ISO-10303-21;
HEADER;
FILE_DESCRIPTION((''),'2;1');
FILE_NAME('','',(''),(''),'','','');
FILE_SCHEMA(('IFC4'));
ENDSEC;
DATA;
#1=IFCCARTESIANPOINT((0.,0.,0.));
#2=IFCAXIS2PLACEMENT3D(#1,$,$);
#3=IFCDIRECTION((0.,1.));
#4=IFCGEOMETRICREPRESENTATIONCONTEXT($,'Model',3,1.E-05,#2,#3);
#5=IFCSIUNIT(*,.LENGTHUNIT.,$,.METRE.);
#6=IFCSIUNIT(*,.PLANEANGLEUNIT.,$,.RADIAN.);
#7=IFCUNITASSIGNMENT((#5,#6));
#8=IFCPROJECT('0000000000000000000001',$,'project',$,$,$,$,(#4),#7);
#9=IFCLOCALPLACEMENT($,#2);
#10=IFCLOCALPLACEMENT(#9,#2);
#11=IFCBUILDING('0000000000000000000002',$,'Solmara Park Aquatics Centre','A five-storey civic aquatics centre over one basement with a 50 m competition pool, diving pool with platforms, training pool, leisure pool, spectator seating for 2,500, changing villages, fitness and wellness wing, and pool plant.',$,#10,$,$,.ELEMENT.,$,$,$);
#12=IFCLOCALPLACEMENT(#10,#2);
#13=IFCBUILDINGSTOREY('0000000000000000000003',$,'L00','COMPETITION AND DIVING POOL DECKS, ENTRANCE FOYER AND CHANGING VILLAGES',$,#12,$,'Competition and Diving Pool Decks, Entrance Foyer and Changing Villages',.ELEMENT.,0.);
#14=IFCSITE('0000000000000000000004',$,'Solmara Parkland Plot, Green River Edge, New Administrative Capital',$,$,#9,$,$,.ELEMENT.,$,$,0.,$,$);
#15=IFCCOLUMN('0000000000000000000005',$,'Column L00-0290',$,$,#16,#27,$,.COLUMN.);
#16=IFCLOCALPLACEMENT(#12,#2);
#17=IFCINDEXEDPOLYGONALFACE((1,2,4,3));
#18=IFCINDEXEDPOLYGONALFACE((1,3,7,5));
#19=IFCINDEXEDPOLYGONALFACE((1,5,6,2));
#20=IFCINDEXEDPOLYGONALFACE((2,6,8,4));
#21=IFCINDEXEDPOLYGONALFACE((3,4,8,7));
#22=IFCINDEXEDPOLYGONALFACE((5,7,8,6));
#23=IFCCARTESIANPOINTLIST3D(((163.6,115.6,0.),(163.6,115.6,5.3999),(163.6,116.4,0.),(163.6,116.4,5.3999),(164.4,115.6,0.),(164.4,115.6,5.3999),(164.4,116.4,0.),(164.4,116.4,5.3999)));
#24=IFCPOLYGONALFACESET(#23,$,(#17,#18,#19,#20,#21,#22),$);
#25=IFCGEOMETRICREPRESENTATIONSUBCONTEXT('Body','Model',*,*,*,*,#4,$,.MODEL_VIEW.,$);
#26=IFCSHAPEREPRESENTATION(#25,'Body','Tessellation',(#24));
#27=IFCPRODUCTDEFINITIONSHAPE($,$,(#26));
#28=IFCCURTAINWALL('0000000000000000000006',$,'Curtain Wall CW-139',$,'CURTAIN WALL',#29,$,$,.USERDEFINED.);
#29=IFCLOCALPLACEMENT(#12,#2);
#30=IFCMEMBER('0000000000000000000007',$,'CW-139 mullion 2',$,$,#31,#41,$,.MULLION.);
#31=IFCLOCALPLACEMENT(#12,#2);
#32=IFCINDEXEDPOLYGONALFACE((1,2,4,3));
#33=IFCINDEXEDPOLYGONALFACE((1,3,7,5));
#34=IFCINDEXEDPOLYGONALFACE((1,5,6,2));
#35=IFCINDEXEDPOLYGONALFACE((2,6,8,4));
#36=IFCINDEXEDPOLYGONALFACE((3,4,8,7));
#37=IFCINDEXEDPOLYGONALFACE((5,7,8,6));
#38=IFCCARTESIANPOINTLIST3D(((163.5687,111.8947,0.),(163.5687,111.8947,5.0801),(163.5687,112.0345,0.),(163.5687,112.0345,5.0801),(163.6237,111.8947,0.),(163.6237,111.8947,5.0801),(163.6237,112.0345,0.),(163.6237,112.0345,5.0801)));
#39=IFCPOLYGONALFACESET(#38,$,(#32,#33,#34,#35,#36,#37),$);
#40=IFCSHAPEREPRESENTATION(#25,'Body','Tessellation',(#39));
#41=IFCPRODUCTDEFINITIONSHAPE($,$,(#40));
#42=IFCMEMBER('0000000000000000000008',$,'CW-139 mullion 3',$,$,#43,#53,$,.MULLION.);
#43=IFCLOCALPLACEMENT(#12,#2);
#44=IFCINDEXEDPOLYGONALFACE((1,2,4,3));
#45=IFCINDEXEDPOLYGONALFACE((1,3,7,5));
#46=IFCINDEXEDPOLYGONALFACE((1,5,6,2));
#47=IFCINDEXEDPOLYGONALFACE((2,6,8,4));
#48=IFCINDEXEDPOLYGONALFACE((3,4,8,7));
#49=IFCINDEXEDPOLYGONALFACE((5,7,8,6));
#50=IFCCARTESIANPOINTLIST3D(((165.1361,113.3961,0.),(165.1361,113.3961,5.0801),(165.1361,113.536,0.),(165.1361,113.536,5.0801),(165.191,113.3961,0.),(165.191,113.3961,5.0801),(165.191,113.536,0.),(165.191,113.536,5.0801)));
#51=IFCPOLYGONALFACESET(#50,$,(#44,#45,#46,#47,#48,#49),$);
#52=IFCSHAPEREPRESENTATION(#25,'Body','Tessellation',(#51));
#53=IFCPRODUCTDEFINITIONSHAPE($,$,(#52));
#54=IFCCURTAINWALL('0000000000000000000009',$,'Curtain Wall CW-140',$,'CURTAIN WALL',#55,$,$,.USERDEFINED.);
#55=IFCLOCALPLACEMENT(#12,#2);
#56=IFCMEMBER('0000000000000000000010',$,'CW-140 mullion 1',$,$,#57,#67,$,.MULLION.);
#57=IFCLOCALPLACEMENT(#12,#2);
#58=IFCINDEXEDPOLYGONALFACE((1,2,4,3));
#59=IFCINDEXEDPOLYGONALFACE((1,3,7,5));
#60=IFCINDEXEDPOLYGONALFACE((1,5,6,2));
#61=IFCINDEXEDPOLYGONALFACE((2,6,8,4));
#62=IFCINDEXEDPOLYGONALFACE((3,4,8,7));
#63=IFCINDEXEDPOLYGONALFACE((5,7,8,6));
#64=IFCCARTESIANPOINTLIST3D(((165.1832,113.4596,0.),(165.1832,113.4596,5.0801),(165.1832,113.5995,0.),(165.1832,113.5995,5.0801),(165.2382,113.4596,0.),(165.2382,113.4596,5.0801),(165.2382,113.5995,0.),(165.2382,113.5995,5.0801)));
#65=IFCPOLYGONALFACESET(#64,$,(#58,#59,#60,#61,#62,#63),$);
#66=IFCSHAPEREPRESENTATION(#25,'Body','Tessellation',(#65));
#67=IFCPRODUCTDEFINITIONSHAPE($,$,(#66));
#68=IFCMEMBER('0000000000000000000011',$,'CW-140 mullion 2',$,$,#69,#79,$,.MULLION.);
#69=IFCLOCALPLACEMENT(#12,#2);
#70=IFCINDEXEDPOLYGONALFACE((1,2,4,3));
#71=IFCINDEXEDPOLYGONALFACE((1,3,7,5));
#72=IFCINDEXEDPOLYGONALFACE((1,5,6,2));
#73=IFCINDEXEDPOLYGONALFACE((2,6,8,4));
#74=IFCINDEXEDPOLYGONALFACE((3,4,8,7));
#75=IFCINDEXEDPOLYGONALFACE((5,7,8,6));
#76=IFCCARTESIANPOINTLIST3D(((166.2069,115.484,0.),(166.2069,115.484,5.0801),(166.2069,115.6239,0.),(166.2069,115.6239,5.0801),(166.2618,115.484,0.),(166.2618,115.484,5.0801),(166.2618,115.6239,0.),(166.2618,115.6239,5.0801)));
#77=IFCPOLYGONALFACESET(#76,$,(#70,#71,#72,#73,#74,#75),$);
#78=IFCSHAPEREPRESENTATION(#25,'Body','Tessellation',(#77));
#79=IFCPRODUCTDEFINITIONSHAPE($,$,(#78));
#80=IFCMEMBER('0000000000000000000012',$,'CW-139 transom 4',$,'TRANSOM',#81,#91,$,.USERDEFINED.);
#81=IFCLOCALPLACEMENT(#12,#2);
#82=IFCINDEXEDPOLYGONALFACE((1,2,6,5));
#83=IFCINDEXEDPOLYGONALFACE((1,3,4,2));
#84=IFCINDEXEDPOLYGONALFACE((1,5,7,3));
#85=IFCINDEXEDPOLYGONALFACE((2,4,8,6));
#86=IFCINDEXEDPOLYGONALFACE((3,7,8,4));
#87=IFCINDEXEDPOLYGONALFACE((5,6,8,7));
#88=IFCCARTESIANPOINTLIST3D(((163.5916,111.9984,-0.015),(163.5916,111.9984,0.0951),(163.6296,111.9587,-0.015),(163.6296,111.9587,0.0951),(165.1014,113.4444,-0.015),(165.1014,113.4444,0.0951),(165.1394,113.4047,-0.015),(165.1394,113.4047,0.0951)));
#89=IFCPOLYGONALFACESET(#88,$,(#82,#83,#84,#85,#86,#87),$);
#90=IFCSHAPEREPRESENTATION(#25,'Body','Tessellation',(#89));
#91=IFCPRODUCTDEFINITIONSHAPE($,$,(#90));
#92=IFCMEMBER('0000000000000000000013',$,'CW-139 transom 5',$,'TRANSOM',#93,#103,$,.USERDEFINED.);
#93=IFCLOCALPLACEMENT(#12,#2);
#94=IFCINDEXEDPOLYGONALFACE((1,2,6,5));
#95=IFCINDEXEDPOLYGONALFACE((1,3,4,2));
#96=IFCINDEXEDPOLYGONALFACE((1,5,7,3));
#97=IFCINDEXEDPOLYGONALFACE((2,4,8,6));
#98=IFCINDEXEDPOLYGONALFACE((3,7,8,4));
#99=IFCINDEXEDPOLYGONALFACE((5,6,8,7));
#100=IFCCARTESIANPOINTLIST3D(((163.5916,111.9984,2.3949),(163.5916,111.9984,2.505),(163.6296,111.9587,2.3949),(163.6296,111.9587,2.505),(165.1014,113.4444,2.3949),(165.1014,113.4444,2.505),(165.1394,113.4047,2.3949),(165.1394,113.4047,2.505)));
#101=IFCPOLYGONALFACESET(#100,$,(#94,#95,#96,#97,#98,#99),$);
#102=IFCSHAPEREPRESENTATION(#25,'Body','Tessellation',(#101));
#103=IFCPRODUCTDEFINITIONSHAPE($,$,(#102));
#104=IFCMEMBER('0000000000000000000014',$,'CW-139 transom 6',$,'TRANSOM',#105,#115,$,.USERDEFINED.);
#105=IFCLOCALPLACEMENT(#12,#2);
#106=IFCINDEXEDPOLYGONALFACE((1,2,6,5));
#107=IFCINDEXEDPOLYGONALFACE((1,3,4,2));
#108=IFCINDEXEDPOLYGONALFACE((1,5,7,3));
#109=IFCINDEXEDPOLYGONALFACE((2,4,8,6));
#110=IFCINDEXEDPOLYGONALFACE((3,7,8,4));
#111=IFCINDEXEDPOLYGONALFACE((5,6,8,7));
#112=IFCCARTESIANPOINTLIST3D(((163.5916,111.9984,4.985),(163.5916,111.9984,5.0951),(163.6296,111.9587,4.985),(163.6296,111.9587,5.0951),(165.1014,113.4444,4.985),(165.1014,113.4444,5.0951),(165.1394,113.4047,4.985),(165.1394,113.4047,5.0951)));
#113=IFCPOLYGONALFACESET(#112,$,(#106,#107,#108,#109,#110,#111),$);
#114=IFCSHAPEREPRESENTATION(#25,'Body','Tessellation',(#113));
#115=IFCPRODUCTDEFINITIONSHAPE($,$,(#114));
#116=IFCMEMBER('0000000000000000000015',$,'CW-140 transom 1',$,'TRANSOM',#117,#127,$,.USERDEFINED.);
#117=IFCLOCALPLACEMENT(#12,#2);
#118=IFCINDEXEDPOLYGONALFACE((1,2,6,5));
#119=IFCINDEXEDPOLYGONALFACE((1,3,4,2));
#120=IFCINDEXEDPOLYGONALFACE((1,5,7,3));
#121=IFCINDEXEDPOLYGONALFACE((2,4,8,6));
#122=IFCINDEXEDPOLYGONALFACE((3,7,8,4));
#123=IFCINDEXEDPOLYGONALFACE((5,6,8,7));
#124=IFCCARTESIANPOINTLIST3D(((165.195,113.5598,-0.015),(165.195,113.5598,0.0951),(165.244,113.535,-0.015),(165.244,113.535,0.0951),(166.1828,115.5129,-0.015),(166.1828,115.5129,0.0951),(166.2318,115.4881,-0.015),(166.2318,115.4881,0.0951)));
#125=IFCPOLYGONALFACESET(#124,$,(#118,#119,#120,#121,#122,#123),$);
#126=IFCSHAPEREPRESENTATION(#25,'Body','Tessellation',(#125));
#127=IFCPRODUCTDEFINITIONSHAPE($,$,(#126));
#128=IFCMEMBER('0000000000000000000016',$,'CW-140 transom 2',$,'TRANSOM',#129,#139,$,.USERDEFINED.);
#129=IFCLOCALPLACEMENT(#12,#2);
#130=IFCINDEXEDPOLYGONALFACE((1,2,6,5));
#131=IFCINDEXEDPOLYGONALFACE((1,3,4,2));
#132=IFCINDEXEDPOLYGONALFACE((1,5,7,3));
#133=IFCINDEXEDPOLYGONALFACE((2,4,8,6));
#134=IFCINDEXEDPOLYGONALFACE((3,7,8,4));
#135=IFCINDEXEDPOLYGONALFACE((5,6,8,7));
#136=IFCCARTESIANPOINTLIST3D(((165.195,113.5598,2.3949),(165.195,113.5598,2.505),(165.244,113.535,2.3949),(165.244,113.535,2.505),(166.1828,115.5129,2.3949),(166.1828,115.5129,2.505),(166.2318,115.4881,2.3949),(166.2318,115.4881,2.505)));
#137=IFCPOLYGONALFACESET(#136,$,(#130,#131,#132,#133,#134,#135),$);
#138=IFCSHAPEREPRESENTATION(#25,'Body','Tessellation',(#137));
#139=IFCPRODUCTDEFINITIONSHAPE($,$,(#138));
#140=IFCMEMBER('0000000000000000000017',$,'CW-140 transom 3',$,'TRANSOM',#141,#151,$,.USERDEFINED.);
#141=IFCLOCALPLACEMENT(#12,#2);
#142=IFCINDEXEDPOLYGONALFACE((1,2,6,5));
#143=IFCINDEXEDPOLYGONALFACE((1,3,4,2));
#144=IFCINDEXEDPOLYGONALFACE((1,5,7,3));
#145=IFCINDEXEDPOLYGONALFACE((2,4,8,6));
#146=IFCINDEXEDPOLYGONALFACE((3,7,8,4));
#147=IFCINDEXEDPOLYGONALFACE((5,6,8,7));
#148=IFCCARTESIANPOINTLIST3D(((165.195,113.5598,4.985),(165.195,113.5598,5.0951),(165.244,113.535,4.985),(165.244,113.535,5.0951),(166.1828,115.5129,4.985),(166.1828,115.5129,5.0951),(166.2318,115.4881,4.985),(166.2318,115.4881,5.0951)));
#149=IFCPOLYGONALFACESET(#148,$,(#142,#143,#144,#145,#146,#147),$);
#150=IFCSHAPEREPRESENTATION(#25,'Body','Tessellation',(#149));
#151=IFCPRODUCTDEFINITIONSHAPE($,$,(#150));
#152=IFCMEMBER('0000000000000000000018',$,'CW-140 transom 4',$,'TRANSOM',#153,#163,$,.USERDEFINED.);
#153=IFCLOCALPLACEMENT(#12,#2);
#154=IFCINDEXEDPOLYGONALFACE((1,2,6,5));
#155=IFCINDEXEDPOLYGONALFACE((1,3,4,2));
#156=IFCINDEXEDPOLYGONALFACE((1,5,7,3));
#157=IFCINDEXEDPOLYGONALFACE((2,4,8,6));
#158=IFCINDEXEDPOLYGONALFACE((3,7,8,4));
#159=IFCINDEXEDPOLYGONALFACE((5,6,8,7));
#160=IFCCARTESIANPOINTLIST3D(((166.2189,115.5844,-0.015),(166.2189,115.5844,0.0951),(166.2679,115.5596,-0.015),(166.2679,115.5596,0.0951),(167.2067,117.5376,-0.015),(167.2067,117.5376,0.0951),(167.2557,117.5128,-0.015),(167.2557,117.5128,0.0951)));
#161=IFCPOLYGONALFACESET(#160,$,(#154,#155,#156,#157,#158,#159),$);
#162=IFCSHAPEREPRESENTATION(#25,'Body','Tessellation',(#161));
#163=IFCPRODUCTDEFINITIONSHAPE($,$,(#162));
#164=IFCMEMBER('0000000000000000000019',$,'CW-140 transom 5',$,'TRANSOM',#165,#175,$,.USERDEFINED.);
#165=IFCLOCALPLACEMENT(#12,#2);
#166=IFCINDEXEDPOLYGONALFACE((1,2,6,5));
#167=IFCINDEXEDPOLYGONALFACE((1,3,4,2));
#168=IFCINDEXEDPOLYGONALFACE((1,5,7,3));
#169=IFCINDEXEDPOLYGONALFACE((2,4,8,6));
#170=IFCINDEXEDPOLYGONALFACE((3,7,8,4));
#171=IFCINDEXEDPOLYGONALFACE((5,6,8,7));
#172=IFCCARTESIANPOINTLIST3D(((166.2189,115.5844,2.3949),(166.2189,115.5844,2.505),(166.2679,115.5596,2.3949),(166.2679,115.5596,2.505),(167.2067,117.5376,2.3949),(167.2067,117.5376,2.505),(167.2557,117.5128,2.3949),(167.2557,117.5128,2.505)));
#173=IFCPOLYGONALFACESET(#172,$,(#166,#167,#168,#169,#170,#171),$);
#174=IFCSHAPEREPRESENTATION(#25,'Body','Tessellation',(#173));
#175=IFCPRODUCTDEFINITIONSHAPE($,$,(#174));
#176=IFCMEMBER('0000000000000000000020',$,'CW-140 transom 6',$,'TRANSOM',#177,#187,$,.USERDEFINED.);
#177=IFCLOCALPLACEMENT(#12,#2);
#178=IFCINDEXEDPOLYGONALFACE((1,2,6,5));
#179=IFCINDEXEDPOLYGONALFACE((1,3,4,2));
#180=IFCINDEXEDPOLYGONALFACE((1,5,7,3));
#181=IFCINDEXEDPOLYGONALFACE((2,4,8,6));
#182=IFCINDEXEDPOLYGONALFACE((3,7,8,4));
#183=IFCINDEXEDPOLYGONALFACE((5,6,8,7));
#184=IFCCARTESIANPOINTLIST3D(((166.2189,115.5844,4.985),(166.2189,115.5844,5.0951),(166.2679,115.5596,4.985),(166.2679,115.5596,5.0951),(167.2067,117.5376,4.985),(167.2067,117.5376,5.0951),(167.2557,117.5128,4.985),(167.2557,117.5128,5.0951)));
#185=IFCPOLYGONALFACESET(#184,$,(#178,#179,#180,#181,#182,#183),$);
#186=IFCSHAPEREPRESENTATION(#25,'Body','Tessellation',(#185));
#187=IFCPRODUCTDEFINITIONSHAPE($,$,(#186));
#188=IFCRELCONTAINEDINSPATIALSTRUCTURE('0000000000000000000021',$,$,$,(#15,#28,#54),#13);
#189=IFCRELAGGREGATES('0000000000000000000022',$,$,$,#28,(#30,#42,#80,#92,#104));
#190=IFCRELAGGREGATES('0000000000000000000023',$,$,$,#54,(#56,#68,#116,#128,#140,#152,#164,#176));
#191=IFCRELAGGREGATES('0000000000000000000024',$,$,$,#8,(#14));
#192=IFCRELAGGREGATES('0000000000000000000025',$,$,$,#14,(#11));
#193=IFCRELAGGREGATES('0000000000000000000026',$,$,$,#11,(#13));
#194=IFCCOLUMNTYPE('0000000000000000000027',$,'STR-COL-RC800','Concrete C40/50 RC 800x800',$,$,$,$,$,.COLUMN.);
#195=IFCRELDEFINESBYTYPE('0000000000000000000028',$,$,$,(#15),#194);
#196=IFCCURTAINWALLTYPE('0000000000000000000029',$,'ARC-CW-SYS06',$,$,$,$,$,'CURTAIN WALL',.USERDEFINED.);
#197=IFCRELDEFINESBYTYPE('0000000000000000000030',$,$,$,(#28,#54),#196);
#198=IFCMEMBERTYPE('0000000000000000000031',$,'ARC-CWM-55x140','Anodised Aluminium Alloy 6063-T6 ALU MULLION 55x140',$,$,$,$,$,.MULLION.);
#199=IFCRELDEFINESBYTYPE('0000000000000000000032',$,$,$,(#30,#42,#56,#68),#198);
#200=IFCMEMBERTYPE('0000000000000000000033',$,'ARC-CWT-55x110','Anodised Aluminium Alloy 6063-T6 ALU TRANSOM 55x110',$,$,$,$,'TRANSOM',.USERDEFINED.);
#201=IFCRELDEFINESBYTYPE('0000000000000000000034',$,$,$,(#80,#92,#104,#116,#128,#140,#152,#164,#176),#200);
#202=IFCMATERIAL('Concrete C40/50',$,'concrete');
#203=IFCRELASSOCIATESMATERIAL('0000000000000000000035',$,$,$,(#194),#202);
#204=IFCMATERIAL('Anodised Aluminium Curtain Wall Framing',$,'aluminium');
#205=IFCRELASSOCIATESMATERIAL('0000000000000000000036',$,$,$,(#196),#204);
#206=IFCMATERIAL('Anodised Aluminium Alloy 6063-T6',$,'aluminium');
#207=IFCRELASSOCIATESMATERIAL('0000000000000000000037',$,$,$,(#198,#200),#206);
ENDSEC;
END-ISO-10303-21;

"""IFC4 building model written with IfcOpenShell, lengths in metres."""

from ifc_helpers import new_model, si_unit, direction, frame, origin, origin_2d, place, context, subcontext, project, spatial, rectangle, extrude, material, material_profile, profile_set, type_object, element, aggregate, save


model = new_model("IFC4")

# Units and contexts
model_context = context("Model", 3, precision=1e-05, world=origin(), true_north=direction((0.0, 1.0)))
body_context = subcontext(model_context, "Body", "Model", "MODEL_VIEW")
ifc_project = project(units=[si_unit("LENGTHUNIT", "METRE"), si_unit("PLANEANGLEUNIT", "RADIAN")], contexts=[model_context])

# Site, building, storey
site_placement = place(None, origin())
site = spatial("IfcSite", under=ifc_project, at=site_placement, Name="Solmara Parkland Plot, Green River Edge, New Administrative Capital", CompositionType="ELEMENT", RefElevation=0.0)
building_placement = place(site_placement, origin())
building = spatial("IfcBuilding", under=site, at=building_placement, Name="Solmara Park Aquatics Centre", Description="A five-storey civic aquatics centre over one basement with a 50 m competition pool, diving pool with platforms, training pool, leisure pool, spectator seating for 2,500, changing villages, fitness and wellness wing, and pool plant.", CompositionType="ELEMENT")
storey_placement = place(building_placement, origin())
storey = spatial("IfcBuildingStorey", under=building, at=storey_placement, Name="L00", Description="COMPETITION AND DIVING POOL DECKS, ENTRANCE FOYER AND CHANGING VILLAGES", LongName="Competition and Diving Pool Decks, Entrance Foyer and Changing Villages", CompositionType="ELEMENT", Elevation=0.0)

# Column
ifc_material_1 = material(Name="Concrete C40/50", Category="concrete")
ifc_material_profile_1 = material_profile(ifc_material_1, rectangle(XDim=0.8, YDim=0.8, at=origin_2d()), Name="RC 800x800")
ifc_profile_set_1 = profile_set([ifc_material_profile_1], Name="Concrete C40/50")
column_type = type_object("IfcColumnType", Name="STR-COL-RC800", Description="Concrete C40/50 RC 800x800", PredefinedType="COLUMN", material=ifc_profile_set_1)
column_placement = place(storey_placement, frame((164.0, 116.0, 0.0), z_axis=(0.0, 0.0, 1.0), x_axis=(1.0, 0.0, 0.0)))
element("IfcColumn", 1, at=column_placement, inside=storey, type_object=column_type, Name="Column L00-0290", PredefinedType="COLUMN", context=body_context, shape_type="SweptSolid", body=[
    extrude(rectangle(XDim=0.8, YDim=0.8, at=origin_2d()), origin(), (0.0, 0.0, 1.0), 5.3999),
])

# Curtain walls, members
ifc_material_2 = material(Name="Anodised Aluminium Curtain Wall Framing", Category="aluminium")
curtain_wall_type = type_object("IfcCurtainWallType", Name="ARC-CW-SYS06", ElementType="CURTAIN WALL", PredefinedType="USERDEFINED", material=ifc_material_2)
curtain_wall_1_placement = place(storey_placement, origin())
curtain_wall_1 = element("IfcCurtainWall", 2, at=curtain_wall_1_placement, inside=storey, type_object=curtain_wall_type, Name="Curtain Wall CW-139", ObjectType="CURTAIN WALL", PredefinedType="USERDEFINED")
ifc_material_3 = material(Name="Anodised Aluminium Alloy 6063-T6", Category="aluminium")
ifc_material_profile_2 = material_profile(ifc_material_3, rectangle(XDim=0.0549, YDim=0.1399, at=origin_2d()), Name="ALU MULLION 55x140")
ifc_profile_set_2 = profile_set([ifc_material_profile_2], Name="Anodised Aluminium Alloy 6063-T6")
member_type_1 = type_object("IfcMemberType", Name="ARC-CWM-55x140", Description="Anodised Aluminium Alloy 6063-T6 ALU MULLION 55x140", PredefinedType="MULLION", material=ifc_profile_set_2)
member_1_placement = place(storey_placement, frame((163.5962, 111.9646, 0.0), z_axis=(0.0, 0.0, 1.0), x_axis=(1.0, 0.0, 0.0)))
member_1 = element("IfcMember", 3, at=member_1_placement, type_object=member_type_1, Name="CW-139 mullion 2", PredefinedType="MULLION", context=body_context, shape_type="SweptSolid", body=[
    extrude(rectangle(XDim=0.0549, YDim=0.1399, at=origin_2d()), origin(), (0.0, 0.0, 1.0), 5.0801),
])
member_2_placement = place(storey_placement, frame((165.1636, 113.4661, 0.0), z_axis=(0.0, 0.0, 1.0), x_axis=(1.0, 0.0, 0.0)))
member_2 = element("IfcMember", 4, at=member_2_placement, type_object=member_type_1, Name="CW-139 mullion 3", PredefinedType="MULLION", context=body_context, shape_type="SweptSolid", body=[
    extrude(rectangle(XDim=0.0549, YDim=0.1399, at=origin_2d()), origin(), (0.0, 0.0, 1.0), 5.0801),
])
curtain_wall_2_placement = place(storey_placement, origin())
curtain_wall_2 = element("IfcCurtainWall", 5, at=curtain_wall_2_placement, inside=storey, type_object=curtain_wall_type, Name="Curtain Wall CW-140", ObjectType="CURTAIN WALL", PredefinedType="USERDEFINED")
member_3_placement = place(storey_placement, frame((165.2107, 113.5295, 0.0), z_axis=(0.0, 0.0, 1.0), x_axis=(1.0, 0.0, 0.0)))
member_3 = element("IfcMember", 6, at=member_3_placement, type_object=member_type_1, Name="CW-140 mullion 1", PredefinedType="MULLION", context=body_context, shape_type="SweptSolid", body=[
    extrude(rectangle(XDim=0.0549, YDim=0.1399, at=origin_2d()), origin(), (0.0, 0.0, 1.0), 5.0801),
])
member_4_placement = place(storey_placement, frame((166.2344, 115.554, 0.0), z_axis=(0.0, 0.0, 1.0), x_axis=(1.0, 0.0, 0.0)))
member_4 = element("IfcMember", 7, at=member_4_placement, type_object=member_type_1, Name="CW-140 mullion 2", PredefinedType="MULLION", context=body_context, shape_type="SweptSolid", body=[
    extrude(rectangle(XDim=0.0549, YDim=0.1399, at=origin_2d()), origin(), (0.0, 0.0, 1.0), 5.0801),
])

# Members
ifc_material_profile_3 = material_profile(ifc_material_3, rectangle(XDim=0.0549, YDim=0.1101, at=origin_2d()), Name="ALU TRANSOM 55x110")
ifc_profile_set_3 = profile_set([ifc_material_profile_3], Name="Anodised Aluminium Alloy 6063-T6")
member_type_2 = type_object("IfcMemberType", Name="ARC-CWT-55x110", Description="Anodised Aluminium Alloy 6063-T6 ALU TRANSOM 55x110", ElementType="TRANSOM", PredefinedType="USERDEFINED", material=ifc_profile_set_3)
member_5_placement = place(storey_placement, frame((163.6106, 111.9785, 0.04), z_axis=(0.722183, 0.691702, 0.0), x_axis=(-0.691702, 0.722183, 0.0)))
member_5 = element("IfcMember", 8, at=member_5_placement, type_object=member_type_2, Name="CW-139 transom 4", ObjectType="TRANSOM", PredefinedType="USERDEFINED", context=body_context, shape_type="SweptSolid", body=[
    extrude(rectangle(XDim=0.0549, YDim=0.1101, at=origin_2d()), origin(), (0.0, 0.0, 1.0), 2.0906),
])
member_6_placement = place(storey_placement, frame((163.6106, 111.9785, 2.45), z_axis=(0.722183, 0.691702, 0.0), x_axis=(-0.691702, 0.722183, 0.0)))
member_6 = element("IfcMember", 9, at=member_6_placement, type_object=member_type_2, Name="CW-139 transom 5", ObjectType="TRANSOM", PredefinedType="USERDEFINED", context=body_context, shape_type="SweptSolid", body=[
    extrude(rectangle(XDim=0.0549, YDim=0.1101, at=origin_2d()), origin(), (0.0, 0.0, 1.0), 2.0906),
])
member_7_placement = place(storey_placement, frame((163.6106, 111.9785, 5.04), z_axis=(0.722183, 0.691702, 0.0), x_axis=(-0.691702, 0.722183, 0.0)))
member_7 = element("IfcMember", 10, at=member_7_placement, type_object=member_type_2, Name="CW-139 transom 6", ObjectType="TRANSOM", PredefinedType="USERDEFINED", context=body_context, shape_type="SweptSolid", body=[
    extrude(rectangle(XDim=0.0549, YDim=0.1101, at=origin_2d()), origin(), (0.0, 0.0, 1.0), 2.0906),
])
member_8_placement = place(storey_placement, frame((165.2195, 113.5474, 0.04), z_axis=(0.451314, 0.892365, 0.0), x_axis=(-0.892365, 0.451314, 0.0)))
member_8 = element("IfcMember", 11, at=member_8_placement, type_object=member_type_2, Name="CW-140 transom 1", ObjectType="TRANSOM", PredefinedType="USERDEFINED", context=body_context, shape_type="SweptSolid", body=[
    extrude(rectangle(XDim=0.0549, YDim=0.1101, at=origin_2d()), origin(), (0.0, 0.0, 1.0), 2.1887),
])
member_9_placement = place(storey_placement, frame((165.2195, 113.5474, 2.45), z_axis=(0.451314, 0.892365, 0.0), x_axis=(-0.892365, 0.451314, 0.0)))
member_9 = element("IfcMember", 12, at=member_9_placement, type_object=member_type_2, Name="CW-140 transom 2", ObjectType="TRANSOM", PredefinedType="USERDEFINED", context=body_context, shape_type="SweptSolid", body=[
    extrude(rectangle(XDim=0.0549, YDim=0.1101, at=origin_2d()), origin(), (0.0, 0.0, 1.0), 2.1887),
])
member_10_placement = place(storey_placement, frame((165.2195, 113.5474, 5.04), z_axis=(0.451314, 0.892365, 0.0), x_axis=(-0.892365, 0.451314, 0.0)))
member_10 = element("IfcMember", 13, at=member_10_placement, type_object=member_type_2, Name="CW-140 transom 3", ObjectType="TRANSOM", PredefinedType="USERDEFINED", context=body_context, shape_type="SweptSolid", body=[
    extrude(rectangle(XDim=0.0549, YDim=0.1101, at=origin_2d()), origin(), (0.0, 0.0, 1.0), 2.1887),
])
member_11_placement = place(storey_placement, frame((166.2434, 115.572, 0.04), z_axis=(0.451314, 0.892365, 0.0), x_axis=(-0.892365, 0.451314, 0.0)))
member_11 = element("IfcMember", 14, at=member_11_placement, type_object=member_type_2, Name="CW-140 transom 4", ObjectType="TRANSOM", PredefinedType="USERDEFINED", context=body_context, shape_type="SweptSolid", body=[
    extrude(rectangle(XDim=0.0549, YDim=0.1101, at=origin_2d()), origin(), (0.0, 0.0, 1.0), 2.1887),
])
member_12_placement = place(storey_placement, frame((166.2434, 115.572, 2.45), z_axis=(0.451314, 0.892365, 0.0), x_axis=(-0.892365, 0.451314, 0.0)))
member_12 = element("IfcMember", 15, at=member_12_placement, type_object=member_type_2, Name="CW-140 transom 5", ObjectType="TRANSOM", PredefinedType="USERDEFINED", context=body_context, shape_type="SweptSolid", body=[
    extrude(rectangle(XDim=0.0549, YDim=0.1101, at=origin_2d()), origin(), (0.0, 0.0, 1.0), 2.1887),
])
member_13_placement = place(storey_placement, frame((166.2434, 115.572, 5.04), z_axis=(0.451314, 0.892365, 0.0), x_axis=(-0.892365, 0.451314, 0.0)))
member_13 = element("IfcMember", 16, at=member_13_placement, type_object=member_type_2, Name="CW-140 transom 6", ObjectType="TRANSOM", PredefinedType="USERDEFINED", context=body_context, shape_type="SweptSolid", body=[
    extrude(rectangle(XDim=0.0549, YDim=0.1101, at=origin_2d()), origin(), (0.0, 0.0, 1.0), 2.1887),
])

aggregate(curtain_wall_1, [member_1, member_2, member_5, member_6, member_7])
aggregate(curtain_wall_2, [member_3, member_4, member_8, member_9, member_10, member_11, member_12, member_13])

save(model, "model.ifc")
